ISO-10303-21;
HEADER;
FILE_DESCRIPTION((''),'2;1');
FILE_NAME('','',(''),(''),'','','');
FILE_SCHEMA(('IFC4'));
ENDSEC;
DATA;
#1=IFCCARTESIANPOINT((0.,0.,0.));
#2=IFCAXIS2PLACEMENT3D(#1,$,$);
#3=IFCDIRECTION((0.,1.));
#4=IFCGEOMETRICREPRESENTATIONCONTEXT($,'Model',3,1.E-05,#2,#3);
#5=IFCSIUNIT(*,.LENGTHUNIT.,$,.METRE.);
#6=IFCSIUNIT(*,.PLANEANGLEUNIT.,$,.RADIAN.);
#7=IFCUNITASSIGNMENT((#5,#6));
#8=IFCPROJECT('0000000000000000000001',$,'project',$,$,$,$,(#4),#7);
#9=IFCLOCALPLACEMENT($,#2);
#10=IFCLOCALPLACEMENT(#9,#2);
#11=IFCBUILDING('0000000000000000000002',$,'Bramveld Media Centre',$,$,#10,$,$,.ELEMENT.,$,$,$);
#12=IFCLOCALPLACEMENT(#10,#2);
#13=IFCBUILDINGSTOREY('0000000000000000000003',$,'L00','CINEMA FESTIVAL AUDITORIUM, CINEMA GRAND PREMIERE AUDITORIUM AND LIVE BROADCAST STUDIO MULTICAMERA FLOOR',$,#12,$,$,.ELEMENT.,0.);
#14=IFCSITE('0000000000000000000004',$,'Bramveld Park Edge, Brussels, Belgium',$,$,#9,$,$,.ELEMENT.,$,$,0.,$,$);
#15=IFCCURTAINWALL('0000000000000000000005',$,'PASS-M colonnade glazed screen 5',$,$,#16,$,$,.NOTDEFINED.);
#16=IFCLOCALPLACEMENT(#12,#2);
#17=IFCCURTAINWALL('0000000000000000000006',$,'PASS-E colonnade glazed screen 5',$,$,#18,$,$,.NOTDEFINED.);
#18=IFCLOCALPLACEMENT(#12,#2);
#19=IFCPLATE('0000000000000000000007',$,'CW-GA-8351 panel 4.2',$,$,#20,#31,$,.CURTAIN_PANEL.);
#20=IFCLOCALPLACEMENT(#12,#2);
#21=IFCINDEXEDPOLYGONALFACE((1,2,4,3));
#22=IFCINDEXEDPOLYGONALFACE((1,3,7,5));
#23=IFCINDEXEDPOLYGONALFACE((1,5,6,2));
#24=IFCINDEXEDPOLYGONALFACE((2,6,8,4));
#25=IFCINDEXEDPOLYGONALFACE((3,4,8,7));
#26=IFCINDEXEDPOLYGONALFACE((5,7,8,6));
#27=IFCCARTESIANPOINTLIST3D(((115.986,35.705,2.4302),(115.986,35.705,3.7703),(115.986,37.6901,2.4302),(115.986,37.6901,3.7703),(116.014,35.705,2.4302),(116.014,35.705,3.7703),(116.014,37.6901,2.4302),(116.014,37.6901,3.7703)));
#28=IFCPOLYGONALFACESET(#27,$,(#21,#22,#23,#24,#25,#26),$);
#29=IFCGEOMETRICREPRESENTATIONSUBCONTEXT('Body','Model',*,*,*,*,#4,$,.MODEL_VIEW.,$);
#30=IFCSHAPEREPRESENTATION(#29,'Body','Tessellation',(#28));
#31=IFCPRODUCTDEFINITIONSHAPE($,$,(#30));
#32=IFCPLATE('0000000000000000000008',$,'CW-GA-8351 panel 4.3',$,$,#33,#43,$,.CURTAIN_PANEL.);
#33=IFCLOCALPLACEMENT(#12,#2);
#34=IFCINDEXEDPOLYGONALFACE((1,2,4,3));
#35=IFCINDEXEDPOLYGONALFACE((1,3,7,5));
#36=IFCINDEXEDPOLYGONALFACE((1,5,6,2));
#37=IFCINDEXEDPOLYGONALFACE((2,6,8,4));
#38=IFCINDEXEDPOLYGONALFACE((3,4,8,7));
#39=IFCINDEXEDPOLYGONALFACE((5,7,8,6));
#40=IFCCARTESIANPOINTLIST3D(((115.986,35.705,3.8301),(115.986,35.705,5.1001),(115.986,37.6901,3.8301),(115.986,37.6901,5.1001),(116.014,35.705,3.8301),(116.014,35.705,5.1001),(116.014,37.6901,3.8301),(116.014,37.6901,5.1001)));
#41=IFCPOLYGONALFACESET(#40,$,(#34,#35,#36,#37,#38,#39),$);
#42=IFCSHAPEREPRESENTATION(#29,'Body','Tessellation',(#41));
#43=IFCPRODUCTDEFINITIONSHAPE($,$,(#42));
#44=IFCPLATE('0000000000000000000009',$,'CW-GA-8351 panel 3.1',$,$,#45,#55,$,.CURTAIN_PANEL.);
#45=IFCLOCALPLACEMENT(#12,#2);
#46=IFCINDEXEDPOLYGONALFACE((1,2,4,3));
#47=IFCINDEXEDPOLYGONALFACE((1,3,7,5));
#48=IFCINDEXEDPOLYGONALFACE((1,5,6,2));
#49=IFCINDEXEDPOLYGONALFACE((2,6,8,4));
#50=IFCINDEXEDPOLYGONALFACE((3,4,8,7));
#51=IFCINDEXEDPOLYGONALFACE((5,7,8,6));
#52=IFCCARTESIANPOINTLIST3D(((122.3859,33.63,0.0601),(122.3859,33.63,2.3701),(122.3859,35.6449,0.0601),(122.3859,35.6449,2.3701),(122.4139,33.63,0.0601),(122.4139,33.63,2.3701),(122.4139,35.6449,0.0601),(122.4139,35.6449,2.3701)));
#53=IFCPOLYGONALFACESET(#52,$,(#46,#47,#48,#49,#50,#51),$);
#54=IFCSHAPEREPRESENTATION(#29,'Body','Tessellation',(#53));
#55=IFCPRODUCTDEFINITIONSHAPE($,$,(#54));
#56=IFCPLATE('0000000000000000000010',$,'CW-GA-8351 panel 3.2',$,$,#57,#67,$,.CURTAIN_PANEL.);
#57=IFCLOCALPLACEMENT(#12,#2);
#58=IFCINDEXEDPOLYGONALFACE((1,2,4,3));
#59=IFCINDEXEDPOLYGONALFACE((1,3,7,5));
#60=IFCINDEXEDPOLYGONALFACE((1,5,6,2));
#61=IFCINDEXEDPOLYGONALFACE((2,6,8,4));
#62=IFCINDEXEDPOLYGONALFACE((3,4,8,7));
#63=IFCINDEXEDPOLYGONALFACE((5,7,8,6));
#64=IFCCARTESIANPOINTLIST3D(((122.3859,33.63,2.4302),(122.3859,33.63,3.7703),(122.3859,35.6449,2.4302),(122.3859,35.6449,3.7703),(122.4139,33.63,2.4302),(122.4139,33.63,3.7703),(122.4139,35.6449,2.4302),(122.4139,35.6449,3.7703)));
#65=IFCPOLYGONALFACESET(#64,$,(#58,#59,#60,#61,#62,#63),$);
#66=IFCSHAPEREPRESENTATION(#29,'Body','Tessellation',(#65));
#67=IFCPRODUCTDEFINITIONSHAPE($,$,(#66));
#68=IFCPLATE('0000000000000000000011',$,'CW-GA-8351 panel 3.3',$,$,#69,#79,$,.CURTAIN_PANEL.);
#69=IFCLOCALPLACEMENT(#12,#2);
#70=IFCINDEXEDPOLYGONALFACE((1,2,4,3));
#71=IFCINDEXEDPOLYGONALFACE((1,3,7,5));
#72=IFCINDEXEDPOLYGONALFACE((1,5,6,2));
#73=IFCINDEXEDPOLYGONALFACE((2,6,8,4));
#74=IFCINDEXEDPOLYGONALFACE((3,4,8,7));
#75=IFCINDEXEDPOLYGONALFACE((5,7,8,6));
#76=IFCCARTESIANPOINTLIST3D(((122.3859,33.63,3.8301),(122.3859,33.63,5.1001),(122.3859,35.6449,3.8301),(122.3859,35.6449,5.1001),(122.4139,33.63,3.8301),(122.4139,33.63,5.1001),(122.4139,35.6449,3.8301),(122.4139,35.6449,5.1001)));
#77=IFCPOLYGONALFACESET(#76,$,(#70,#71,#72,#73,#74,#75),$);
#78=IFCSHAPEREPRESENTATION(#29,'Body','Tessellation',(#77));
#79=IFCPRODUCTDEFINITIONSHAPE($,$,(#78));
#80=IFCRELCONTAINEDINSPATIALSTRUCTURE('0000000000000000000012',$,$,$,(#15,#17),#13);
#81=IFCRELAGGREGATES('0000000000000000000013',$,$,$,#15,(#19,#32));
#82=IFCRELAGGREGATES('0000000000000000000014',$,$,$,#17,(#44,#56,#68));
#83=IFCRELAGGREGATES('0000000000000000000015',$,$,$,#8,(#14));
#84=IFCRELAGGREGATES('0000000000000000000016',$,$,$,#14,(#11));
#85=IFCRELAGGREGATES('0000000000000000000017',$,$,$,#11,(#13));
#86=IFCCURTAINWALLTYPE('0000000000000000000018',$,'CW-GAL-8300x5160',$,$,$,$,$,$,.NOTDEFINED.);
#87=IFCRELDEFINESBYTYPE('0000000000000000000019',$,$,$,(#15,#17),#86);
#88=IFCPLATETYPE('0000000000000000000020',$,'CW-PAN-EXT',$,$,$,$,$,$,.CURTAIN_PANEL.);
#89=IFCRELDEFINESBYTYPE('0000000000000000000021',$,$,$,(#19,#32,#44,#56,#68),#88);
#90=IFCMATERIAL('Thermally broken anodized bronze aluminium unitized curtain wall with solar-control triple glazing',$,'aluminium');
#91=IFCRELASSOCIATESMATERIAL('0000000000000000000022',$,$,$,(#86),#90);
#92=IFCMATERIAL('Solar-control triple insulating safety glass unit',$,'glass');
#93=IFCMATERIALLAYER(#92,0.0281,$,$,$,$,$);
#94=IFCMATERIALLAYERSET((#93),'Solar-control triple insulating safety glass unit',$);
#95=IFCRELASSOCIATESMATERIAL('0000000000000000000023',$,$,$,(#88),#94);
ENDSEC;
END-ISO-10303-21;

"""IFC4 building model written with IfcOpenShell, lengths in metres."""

from ifc_helpers import new_model, si_unit, direction, frame, origin, origin_2d, place, context, subcontext, project, spatial, rectangle, extrude, material, layer, layer_set, type_object, element, aggregate, save


model = new_model("IFC4")

# Units and contexts
model_context = context("Model", 3, precision=1e-05, world=origin(), true_north=direction((0.0, 1.0)))
body_context = subcontext(model_context, "Body", "Model", "MODEL_VIEW")
ifc_project = project(units=[si_unit("LENGTHUNIT", "METRE"), si_unit("PLANEANGLEUNIT", "RADIAN")], contexts=[model_context])

# Site, building, storey
site_placement = place(None, origin())
site = spatial("IfcSite", under=ifc_project, at=site_placement, Name="Bramveld Park Edge, Brussels, Belgium", CompositionType="ELEMENT", RefElevation=0.0)
building_placement = place(site_placement, origin())
building = spatial("IfcBuilding", under=site, at=building_placement, Name="Bramveld Media Centre", CompositionType="ELEMENT")
storey_placement = place(building_placement, origin())
storey = spatial("IfcBuildingStorey", under=building, at=storey_placement, Name="L00", Description="CINEMA FESTIVAL AUDITORIUM, CINEMA GRAND PREMIERE AUDITORIUM AND LIVE BROADCAST STUDIO MULTICAMERA FLOOR", CompositionType="ELEMENT", Elevation=0.0)

# Curtain walls
ifc_material_1 = material(Name="Thermally broken anodized bronze aluminium unitized curtain wall with solar-control triple glazing", Category="aluminium")
curtain_wall_type = type_object("IfcCurtainWallType", Name="CW-GAL-8300x5160", PredefinedType="NOTDEFINED", material=ifc_material_1)
curtain_wall_1_placement = place(storey_placement, origin())
curtain_wall_1 = element("IfcCurtainWall", 1, at=curtain_wall_1_placement, inside=storey, type_object=curtain_wall_type, Name="PASS-M colonnade glazed screen 5", PredefinedType="NOTDEFINED")
curtain_wall_2_placement = place(storey_placement, origin())
curtain_wall_2 = element("IfcCurtainWall", 2, at=curtain_wall_2_placement, inside=storey, type_object=curtain_wall_type, Name="PASS-E colonnade glazed screen 5", PredefinedType="NOTDEFINED")

# Plates
ifc_material_2 = material(Name="Solar-control triple insulating safety glass unit", Category="glass")
ifc_layer = layer(ifc_material_2, 0.0281)
ifc_layer_set = layer_set([ifc_layer], Name="Solar-control triple insulating safety glass unit")
plate_type = type_object("IfcPlateType", Name="CW-PAN-EXT", PredefinedType="CURTAIN_PANEL", material=ifc_layer_set)
plate_1_placement = place(storey_placement, frame((116.0, 36.6975, 2.4302), z_axis=(0.0, 0.0, 1.0), x_axis=(0.0, 1.0, 0.0)))
plate_1 = element("IfcPlate", 3, at=plate_1_placement, type_object=plate_type, Name="CW-GA-8351 panel 4.2", PredefinedType="CURTAIN_PANEL", context=body_context, shape_type="SweptSolid", body=[
    extrude(rectangle(XDim=1.9851, YDim=0.0281, at=origin_2d()), origin(), (0.0, 0.0, 1.0), 1.3401),
])
plate_2_placement = place(storey_placement, frame((116.0, 36.6975, 3.8301), z_axis=(0.0, 0.0, 1.0), x_axis=(0.0, 1.0, 0.0)))
plate_2 = element("IfcPlate", 4, at=plate_2_placement, type_object=plate_type, Name="CW-GA-8351 panel 4.3", PredefinedType="CURTAIN_PANEL", context=body_context, shape_type="SweptSolid", body=[
    extrude(rectangle(XDim=1.9851, YDim=0.0281, at=origin_2d()), origin(), (0.0, 0.0, 1.0), 1.27),
])
aggregate(curtain_wall_1, [plate_1, plate_2])
plate_3_placement = place(storey_placement, frame((122.3999, 34.6375, 0.0601), z_axis=(0.0, 0.0, 1.0), x_axis=(0.0, 1.0, 0.0)))
plate_3 = element("IfcPlate", 5, at=plate_3_placement, type_object=plate_type, Name="CW-GA-8351 panel 3.1", PredefinedType="CURTAIN_PANEL", context=body_context, shape_type="SweptSolid", body=[
    extrude(rectangle(XDim=2.0149, YDim=0.0281, at=origin_2d()), origin(), (0.0, 0.0, 1.0), 2.3101),
])
plate_4_placement = place(storey_placement, frame((122.3999, 34.6375, 2.4302), z_axis=(0.0, 0.0, 1.0), x_axis=(0.0, 1.0, 0.0)))
plate_4 = element("IfcPlate", 6, at=plate_4_placement, type_object=plate_type, Name="CW-GA-8351 panel 3.2", PredefinedType="CURTAIN_PANEL", context=body_context, shape_type="SweptSolid", body=[
    extrude(rectangle(XDim=2.0149, YDim=0.0281, at=origin_2d()), origin(), (0.0, 0.0, 1.0), 1.3401),
])
plate_5_placement = place(storey_placement, frame((122.3999, 34.6375, 3.8301), z_axis=(0.0, 0.0, 1.0), x_axis=(0.0, 1.0, 0.0)))
plate_5 = element("IfcPlate", 7, at=plate_5_placement, type_object=plate_type, Name="CW-GA-8351 panel 3.3", PredefinedType="CURTAIN_PANEL", context=body_context, shape_type="SweptSolid", body=[
    extrude(rectangle(XDim=2.0149, YDim=0.0281, at=origin_2d()), origin(), (0.0, 0.0, 1.0), 1.27),
])
aggregate(curtain_wall_2, [plate_3, plate_4, plate_5])

save(model, "model.ifc")
